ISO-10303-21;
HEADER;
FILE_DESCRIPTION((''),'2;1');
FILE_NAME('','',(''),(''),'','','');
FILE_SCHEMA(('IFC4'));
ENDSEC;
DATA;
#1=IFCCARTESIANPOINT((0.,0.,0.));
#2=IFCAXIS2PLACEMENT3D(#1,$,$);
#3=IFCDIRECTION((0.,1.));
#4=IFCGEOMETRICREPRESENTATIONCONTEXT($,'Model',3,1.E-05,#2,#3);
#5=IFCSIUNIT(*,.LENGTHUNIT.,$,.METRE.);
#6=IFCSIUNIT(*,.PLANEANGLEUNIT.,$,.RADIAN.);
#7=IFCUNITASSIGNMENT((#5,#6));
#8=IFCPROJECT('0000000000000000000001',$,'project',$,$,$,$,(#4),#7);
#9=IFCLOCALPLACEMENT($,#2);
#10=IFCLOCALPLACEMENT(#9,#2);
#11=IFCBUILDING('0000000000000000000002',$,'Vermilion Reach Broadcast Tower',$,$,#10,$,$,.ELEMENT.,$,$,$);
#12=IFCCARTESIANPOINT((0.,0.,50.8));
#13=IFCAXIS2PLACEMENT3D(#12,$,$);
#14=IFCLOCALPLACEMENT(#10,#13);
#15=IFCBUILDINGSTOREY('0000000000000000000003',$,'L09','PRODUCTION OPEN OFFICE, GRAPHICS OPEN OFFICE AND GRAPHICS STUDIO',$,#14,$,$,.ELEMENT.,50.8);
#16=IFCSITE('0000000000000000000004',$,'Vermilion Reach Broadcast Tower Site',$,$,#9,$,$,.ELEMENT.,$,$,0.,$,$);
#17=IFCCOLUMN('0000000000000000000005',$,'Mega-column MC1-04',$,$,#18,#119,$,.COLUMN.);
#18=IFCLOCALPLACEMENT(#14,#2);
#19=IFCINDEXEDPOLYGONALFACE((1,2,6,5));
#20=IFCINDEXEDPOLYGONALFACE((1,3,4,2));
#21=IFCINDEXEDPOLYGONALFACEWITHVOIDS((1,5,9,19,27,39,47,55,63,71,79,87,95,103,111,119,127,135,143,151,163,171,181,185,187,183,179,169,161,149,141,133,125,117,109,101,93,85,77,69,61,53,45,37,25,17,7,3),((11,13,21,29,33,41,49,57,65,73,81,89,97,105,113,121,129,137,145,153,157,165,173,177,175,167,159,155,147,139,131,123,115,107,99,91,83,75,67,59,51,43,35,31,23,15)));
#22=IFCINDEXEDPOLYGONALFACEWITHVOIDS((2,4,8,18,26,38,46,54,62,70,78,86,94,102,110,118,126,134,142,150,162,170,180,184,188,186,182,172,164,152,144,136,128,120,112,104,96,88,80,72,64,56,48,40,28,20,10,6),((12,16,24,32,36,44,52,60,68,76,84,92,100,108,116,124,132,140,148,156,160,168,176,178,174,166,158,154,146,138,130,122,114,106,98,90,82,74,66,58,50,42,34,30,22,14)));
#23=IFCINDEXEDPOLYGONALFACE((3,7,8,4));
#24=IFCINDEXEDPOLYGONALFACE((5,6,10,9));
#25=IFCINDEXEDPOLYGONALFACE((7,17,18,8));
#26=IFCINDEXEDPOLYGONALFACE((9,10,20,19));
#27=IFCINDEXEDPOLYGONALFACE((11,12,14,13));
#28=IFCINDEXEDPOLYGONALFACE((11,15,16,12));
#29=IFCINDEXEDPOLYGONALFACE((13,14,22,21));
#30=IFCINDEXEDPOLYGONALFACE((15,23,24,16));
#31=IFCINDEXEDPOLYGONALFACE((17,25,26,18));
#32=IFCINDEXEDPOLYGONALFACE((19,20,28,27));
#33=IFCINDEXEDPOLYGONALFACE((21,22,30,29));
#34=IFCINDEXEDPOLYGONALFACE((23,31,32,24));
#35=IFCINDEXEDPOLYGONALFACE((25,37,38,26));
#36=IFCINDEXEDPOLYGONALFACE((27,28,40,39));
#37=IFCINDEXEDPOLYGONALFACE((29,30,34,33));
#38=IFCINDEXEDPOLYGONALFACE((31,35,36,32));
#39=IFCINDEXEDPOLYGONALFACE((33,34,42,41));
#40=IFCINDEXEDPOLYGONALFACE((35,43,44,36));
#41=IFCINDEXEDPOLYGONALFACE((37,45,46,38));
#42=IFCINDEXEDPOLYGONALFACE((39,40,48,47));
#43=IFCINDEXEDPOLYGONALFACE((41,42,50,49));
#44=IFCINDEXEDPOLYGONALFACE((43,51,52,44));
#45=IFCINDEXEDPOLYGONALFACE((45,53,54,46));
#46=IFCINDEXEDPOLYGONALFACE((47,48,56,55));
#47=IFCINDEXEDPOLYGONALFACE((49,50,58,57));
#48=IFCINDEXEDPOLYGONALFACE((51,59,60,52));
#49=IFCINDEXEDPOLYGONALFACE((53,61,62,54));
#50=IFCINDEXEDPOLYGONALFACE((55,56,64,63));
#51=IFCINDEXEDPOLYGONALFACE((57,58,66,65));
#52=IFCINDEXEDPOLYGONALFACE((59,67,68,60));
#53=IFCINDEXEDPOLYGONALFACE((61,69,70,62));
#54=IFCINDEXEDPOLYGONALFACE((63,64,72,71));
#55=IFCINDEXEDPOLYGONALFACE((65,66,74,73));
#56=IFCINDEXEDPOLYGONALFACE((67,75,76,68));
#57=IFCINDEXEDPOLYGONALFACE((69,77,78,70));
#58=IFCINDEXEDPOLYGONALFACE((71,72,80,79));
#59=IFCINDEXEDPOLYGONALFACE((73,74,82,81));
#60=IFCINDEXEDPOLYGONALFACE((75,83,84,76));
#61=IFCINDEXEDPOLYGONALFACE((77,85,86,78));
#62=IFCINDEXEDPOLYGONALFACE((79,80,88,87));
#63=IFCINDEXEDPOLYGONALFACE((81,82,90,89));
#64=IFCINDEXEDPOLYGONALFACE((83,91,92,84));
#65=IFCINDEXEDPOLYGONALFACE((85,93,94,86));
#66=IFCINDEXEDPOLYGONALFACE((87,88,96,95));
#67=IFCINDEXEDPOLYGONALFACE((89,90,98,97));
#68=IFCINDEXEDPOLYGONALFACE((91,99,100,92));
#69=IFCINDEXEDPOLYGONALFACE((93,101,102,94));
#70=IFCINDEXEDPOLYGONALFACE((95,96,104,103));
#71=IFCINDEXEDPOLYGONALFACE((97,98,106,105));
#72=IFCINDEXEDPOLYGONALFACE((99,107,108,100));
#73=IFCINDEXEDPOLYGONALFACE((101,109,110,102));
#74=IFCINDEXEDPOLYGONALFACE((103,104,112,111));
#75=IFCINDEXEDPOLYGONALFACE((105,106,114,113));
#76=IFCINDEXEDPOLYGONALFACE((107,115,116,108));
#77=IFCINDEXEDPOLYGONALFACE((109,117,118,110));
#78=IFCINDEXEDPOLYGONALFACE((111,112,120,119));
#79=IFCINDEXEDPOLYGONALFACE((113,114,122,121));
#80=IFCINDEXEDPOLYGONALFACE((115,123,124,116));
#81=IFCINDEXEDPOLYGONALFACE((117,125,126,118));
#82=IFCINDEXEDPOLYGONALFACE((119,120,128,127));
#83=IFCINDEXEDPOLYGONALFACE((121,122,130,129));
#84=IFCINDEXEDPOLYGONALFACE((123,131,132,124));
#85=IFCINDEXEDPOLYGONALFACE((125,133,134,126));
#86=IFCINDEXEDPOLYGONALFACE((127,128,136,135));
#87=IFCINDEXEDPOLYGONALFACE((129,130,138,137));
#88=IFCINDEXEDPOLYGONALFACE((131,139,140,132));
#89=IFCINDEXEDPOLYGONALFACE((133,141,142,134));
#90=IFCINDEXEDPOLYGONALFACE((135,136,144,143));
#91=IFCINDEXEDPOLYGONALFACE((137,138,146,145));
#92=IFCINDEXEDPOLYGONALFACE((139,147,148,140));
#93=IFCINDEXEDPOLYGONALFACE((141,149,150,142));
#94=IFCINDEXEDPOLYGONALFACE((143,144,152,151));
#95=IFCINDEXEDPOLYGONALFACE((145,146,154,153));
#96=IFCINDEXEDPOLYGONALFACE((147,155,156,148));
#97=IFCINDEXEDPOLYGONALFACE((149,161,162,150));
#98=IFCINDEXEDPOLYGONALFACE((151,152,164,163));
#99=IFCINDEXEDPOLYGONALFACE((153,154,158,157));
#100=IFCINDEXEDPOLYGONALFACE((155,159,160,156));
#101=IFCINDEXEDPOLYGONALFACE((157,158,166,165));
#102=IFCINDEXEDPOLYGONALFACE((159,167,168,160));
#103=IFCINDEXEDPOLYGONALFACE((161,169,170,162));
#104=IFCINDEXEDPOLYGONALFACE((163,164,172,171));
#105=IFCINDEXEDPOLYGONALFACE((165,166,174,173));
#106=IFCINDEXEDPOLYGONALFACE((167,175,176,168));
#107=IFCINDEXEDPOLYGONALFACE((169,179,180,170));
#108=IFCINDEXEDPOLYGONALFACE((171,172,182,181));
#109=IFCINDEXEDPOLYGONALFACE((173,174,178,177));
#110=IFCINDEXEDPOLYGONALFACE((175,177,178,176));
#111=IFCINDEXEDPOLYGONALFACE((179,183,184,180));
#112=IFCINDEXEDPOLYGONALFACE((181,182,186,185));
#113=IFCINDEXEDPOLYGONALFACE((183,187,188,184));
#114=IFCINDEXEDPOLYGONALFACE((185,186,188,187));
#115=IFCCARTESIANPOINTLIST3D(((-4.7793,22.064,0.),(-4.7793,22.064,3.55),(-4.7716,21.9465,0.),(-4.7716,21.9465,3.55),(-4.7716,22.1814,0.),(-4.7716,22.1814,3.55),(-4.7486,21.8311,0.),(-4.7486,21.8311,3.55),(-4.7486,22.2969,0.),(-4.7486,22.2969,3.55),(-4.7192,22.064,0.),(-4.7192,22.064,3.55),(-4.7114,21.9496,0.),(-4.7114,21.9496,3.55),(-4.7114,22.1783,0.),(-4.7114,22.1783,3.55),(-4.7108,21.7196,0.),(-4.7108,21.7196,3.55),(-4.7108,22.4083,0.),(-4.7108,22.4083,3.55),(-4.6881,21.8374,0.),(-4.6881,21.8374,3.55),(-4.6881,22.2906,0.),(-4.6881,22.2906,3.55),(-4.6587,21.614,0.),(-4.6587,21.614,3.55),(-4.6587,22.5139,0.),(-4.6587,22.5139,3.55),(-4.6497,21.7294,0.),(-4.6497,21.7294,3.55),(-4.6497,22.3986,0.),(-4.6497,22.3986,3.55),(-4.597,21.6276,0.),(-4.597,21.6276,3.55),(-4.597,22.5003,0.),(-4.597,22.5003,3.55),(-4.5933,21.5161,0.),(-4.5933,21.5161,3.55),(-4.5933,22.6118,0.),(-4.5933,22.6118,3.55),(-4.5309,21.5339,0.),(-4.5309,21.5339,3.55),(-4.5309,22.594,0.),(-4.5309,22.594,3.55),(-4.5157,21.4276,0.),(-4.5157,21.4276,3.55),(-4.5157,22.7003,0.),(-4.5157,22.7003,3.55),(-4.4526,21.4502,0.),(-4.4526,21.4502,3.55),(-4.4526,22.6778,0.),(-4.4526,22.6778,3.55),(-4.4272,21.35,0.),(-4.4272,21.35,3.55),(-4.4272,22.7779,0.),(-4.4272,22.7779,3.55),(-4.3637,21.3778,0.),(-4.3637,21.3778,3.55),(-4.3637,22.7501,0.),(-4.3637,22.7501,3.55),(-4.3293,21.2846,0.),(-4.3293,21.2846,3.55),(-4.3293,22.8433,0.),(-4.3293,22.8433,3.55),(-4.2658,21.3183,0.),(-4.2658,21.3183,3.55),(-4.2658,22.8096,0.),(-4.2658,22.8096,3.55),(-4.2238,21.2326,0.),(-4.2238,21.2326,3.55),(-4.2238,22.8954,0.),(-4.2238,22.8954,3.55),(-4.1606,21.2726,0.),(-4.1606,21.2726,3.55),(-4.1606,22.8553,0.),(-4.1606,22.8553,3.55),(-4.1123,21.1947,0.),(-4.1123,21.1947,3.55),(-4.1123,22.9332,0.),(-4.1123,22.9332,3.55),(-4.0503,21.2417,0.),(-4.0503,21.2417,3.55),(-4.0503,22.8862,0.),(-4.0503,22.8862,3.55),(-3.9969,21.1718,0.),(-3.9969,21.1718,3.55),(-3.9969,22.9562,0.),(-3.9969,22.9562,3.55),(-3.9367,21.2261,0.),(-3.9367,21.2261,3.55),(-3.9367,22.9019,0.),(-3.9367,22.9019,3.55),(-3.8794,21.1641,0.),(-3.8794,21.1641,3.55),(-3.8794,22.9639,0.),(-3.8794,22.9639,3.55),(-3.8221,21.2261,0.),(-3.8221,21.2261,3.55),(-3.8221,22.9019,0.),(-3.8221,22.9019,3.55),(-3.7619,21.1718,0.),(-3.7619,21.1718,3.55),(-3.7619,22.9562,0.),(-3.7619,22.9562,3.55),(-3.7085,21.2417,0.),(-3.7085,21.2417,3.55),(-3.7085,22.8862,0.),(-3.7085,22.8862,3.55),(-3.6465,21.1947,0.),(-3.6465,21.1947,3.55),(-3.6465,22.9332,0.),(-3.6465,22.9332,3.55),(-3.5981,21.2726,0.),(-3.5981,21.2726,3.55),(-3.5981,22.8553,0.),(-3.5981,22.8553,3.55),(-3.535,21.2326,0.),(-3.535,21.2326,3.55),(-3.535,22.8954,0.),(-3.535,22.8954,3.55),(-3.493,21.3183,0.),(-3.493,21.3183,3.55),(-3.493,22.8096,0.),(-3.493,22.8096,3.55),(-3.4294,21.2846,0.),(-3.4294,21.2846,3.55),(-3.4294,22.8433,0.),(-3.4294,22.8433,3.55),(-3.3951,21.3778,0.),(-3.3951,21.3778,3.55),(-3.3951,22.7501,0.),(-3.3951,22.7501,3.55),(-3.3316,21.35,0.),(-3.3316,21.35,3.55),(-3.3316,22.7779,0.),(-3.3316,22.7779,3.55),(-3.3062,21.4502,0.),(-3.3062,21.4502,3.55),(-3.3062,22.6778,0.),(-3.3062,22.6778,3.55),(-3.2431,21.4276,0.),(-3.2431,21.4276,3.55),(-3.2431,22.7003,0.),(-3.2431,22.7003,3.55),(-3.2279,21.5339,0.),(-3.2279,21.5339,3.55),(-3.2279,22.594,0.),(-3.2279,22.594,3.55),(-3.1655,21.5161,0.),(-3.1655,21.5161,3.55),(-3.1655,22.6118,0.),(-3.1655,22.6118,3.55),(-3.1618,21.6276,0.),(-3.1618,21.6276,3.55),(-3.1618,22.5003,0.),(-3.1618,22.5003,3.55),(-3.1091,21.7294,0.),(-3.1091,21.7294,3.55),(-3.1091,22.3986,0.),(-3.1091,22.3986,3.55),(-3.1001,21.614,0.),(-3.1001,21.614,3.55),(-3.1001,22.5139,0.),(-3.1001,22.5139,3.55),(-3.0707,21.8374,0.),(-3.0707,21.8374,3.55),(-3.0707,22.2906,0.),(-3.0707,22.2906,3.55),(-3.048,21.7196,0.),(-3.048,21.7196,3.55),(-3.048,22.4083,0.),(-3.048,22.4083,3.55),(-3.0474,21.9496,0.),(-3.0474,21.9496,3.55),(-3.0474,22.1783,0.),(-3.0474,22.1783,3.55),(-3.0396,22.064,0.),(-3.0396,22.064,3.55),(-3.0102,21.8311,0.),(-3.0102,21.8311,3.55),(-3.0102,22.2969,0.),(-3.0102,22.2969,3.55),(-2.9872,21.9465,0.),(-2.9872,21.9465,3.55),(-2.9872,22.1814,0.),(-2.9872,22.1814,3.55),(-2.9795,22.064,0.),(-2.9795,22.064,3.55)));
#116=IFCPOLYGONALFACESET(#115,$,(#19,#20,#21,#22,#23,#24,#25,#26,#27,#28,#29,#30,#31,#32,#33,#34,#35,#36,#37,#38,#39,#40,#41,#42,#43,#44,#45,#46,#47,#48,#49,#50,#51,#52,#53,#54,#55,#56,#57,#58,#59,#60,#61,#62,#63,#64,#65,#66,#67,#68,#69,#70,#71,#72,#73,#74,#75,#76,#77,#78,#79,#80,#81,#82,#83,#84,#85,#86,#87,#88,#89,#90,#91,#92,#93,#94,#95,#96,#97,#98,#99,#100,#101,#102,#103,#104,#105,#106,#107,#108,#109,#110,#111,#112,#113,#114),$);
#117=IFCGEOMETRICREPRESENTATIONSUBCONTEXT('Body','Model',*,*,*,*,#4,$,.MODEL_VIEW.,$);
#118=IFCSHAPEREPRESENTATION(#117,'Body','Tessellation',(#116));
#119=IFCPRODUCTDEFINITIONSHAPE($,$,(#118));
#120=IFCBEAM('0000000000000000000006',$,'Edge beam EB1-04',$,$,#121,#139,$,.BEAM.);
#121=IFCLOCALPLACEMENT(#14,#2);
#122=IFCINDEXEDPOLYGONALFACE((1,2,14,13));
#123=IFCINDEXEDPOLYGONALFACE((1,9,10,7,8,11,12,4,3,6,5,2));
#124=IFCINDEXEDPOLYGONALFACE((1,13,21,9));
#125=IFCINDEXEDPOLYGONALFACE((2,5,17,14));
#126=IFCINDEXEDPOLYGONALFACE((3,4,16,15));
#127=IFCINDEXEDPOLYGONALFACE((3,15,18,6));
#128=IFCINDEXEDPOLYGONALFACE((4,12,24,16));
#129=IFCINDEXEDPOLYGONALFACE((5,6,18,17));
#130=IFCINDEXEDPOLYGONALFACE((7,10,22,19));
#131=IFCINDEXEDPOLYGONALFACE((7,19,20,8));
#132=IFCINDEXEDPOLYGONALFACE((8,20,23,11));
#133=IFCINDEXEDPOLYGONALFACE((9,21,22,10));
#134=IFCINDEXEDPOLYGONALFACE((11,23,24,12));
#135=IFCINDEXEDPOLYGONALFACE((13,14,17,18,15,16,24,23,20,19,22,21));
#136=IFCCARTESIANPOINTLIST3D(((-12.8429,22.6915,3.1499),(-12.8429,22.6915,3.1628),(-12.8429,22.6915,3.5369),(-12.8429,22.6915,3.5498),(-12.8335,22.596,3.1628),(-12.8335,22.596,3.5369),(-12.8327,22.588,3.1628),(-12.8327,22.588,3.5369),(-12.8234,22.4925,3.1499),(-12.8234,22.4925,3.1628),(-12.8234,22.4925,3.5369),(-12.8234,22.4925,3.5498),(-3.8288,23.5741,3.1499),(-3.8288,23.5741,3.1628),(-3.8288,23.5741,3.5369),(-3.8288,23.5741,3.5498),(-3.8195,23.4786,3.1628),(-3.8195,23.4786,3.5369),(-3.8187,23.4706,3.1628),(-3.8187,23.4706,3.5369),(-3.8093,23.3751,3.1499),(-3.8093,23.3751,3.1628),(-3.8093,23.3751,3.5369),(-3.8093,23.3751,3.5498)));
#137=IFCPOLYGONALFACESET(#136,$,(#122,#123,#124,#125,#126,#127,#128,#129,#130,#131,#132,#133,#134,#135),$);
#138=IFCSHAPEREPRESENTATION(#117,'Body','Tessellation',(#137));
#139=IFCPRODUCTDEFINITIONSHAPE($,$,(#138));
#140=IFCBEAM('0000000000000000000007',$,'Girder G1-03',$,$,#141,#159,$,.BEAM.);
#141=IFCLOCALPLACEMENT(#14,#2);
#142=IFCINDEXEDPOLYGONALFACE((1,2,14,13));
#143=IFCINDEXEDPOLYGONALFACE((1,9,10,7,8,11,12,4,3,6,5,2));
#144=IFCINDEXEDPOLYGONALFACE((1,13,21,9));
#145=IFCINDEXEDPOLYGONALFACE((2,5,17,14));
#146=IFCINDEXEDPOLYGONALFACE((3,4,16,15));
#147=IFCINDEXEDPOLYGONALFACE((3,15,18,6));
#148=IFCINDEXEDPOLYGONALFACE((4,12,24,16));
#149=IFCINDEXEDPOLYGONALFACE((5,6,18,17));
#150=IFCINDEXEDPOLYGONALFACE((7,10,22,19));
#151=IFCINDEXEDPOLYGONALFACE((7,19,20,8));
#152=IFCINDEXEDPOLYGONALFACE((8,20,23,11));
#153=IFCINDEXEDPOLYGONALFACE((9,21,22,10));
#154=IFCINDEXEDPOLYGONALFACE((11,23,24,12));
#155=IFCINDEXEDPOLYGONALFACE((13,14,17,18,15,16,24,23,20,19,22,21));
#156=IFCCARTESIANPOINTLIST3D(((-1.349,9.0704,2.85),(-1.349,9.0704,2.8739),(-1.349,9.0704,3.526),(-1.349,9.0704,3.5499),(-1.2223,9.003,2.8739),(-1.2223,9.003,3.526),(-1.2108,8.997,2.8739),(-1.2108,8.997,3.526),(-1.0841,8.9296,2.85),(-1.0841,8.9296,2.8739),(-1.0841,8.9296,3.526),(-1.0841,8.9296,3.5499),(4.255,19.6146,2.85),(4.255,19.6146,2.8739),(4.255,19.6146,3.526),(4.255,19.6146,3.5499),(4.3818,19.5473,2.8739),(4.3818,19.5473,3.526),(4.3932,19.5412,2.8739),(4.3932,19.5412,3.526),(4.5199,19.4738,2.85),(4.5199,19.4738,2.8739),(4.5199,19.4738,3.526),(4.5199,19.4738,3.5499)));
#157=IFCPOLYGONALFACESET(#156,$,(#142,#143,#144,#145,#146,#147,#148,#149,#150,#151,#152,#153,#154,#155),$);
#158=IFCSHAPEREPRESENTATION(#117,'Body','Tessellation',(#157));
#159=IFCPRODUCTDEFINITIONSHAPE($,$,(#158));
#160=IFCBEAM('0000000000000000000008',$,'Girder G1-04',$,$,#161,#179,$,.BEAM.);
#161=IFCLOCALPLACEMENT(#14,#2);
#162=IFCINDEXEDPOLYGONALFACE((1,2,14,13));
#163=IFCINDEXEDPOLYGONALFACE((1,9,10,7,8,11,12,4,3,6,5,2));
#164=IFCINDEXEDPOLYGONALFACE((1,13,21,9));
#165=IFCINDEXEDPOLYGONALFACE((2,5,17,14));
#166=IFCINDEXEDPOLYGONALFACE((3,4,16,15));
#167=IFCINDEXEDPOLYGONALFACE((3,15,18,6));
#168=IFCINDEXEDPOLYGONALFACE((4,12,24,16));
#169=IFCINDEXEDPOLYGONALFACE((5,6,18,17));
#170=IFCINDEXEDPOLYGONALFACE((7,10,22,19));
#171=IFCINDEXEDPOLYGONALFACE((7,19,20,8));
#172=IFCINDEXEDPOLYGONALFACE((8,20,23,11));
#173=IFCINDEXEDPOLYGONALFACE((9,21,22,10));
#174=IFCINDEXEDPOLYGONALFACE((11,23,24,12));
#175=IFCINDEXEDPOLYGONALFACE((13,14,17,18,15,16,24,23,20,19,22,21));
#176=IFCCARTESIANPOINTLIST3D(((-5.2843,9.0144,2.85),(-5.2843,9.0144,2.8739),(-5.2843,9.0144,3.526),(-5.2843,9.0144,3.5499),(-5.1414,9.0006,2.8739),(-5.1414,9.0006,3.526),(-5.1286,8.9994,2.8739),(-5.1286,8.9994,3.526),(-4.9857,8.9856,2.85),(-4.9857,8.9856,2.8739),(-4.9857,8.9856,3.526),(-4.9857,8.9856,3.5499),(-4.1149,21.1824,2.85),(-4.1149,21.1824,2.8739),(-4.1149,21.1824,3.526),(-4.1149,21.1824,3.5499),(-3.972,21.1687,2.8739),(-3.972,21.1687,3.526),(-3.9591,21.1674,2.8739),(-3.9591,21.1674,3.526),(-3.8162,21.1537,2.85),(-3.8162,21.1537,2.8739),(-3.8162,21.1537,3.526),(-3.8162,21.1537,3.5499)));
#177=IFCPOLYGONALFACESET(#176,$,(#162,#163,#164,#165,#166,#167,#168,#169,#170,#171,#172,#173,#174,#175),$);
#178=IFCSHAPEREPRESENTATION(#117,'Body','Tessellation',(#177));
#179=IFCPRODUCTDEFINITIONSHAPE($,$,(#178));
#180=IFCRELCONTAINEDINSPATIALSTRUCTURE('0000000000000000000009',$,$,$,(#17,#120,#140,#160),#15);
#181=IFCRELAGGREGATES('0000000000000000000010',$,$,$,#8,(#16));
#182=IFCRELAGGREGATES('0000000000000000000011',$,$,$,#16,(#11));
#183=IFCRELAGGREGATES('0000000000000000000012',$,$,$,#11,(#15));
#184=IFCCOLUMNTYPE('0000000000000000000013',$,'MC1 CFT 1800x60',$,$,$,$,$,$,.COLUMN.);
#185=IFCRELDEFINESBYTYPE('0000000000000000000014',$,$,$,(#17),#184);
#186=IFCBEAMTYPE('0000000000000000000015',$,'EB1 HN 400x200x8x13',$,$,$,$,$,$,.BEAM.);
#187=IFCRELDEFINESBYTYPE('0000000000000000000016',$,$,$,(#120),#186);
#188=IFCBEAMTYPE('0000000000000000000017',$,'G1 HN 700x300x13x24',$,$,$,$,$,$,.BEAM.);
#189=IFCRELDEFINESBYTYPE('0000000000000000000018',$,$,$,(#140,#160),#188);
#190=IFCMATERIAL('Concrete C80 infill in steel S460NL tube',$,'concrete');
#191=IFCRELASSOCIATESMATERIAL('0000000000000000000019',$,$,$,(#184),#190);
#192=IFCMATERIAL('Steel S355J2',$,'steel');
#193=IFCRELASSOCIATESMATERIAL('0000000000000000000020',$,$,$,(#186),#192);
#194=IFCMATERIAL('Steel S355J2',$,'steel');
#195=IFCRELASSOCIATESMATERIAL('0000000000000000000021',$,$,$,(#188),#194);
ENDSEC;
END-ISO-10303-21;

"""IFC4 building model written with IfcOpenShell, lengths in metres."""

from ifc_helpers import new_model, si_unit, direction, frame, origin, origin_2d, place, context, subcontext, project, spatial, hollow_circle, i_section, extrude, material, material_profile, profile_set, type_object, element, save


model = new_model("IFC4")

# Units and contexts
model_context = context("Model", 3, precision=1e-05, world=origin(), true_north=direction((0.0, 1.0)))
body_context = subcontext(model_context, "Body", "Model", "MODEL_VIEW")
ifc_project = project(units=[si_unit("LENGTHUNIT", "METRE"), si_unit("PLANEANGLEUNIT", "RADIAN")], contexts=[model_context])

# Site, building, storey
site_placement = place(None, origin())
site = spatial("IfcSite", under=ifc_project, at=site_placement, Name="Vermilion Reach Broadcast Tower Site", CompositionType="ELEMENT", RefElevation=0.0)
building_placement = place(site_placement, origin())
building = spatial("IfcBuilding", under=site, at=building_placement, Name="Vermilion Reach Broadcast Tower", CompositionType="ELEMENT")
storey_placement = place(building_placement, frame((0.0, 0.0, 50.8)))
storey = spatial("IfcBuildingStorey", under=building, at=storey_placement, Name="L09", Description="PRODUCTION OPEN OFFICE, GRAPHICS OPEN OFFICE AND GRAPHICS STUDIO", CompositionType="ELEMENT", Elevation=50.8)

# Column
ifc_material_1 = material(Name="Concrete C80 infill in steel S460NL tube", Category="concrete")
ifc_material_profile_1 = material_profile(ifc_material_1, hollow_circle(Radius=0.8999, WallThickness=0.0601, at=origin_2d()), Name="Concrete C80 infill in steel S460NL tube CFT 1800x60")
ifc_profile_set_1 = profile_set([ifc_material_profile_1], Name="Concrete C80 infill in steel S460NL tube")
column_type = type_object("IfcColumnType", Name="MC1 CFT 1800x60", PredefinedType="COLUMN", material=ifc_profile_set_1)
for number, where, z_axis, x_axis, name in (
    (1, (-3.8794, 22.064, 0.0), (0.0, 0.0, 1.0), (1.0, 0.0, 0.0), "Mega-column MC1-04"),
):
    element("IfcColumn", number, at=place(storey_placement, frame(where, z_axis=z_axis, x_axis=x_axis)), inside=storey, type_object=column_type, Name=name, PredefinedType="COLUMN", context=body_context, shape_type="SweptSolid", body=[
        extrude(hollow_circle(Radius=0.8999, WallThickness=0.0601, at=origin_2d()), origin(), (0.0, 0.0, 1.0), 3.55),
    ])

# Beams
ifc_material_2 = material(Name="Steel S355J2", Category="steel")
ifc_material_profile_2 = material_profile(ifc_material_2, i_section(OverallWidth=0.2, OverallDepth=0.3999, WebThickness=0.0081, FlangeThickness=0.0129, at=origin_2d()), Name="S355J2 HN 400x200x8x13")
ifc_profile_set_2 = profile_set([ifc_material_profile_2], Name="Steel S355J2")
beam_type_1 = type_object("IfcBeamType", Name="EB1 HN 400x200x8x13", PredefinedType="BEAM", material=ifc_profile_set_2)
beam_1_placement = place(storey_placement, frame((-3.8191, 23.4746, 3.3499), z_axis=(-0.995241, -0.097446, 0.0), x_axis=(0.097446, -0.995241, 0.0)))
element("IfcBeam", 2, at=beam_1_placement, inside=storey, type_object=beam_type_1, Name="Edge beam EB1-04", PredefinedType="BEAM", context=body_context, shape_type="SweptSolid", body=[
    extrude(i_section(OverallWidth=0.2, OverallDepth=0.3999, WebThickness=0.0081, FlangeThickness=0.0129, at=origin_2d()), origin(), (0.0, 0.0, 1.0), 9.0571),
])
ifc_material_3 = material(Name="Steel S355J2", Category="steel")
ifc_material_profile_3 = material_profile(ifc_material_3, i_section(OverallWidth=0.3, OverallDepth=0.7, WebThickness=0.0129, FlangeThickness=0.0239, at=origin_2d()), Name="S355J2 HN 700x300x13x24")
ifc_profile_set_3 = profile_set([ifc_material_profile_3], Name="Steel S355J2")
beam_type_2 = type_object("IfcBeamType", Name="G1 HN 700x300x13x24", PredefinedType="BEAM", material=ifc_profile_set_3)
beam_2_placement = place(storey_placement, frame((-1.2166, 9.0, 3.2), z_axis=(0.469312, 0.883032, 0.0), x_axis=(-0.883032, 0.469312, 0.0)))
element("IfcBeam", 3, at=beam_2_placement, inside=storey, type_object=beam_type_2, Name="Girder G1-03", PredefinedType="BEAM", context=body_context, shape_type="SweptSolid", body=[
    extrude(i_section(OverallWidth=0.3, OverallDepth=0.7, WebThickness=0.0129, FlangeThickness=0.0239, at=origin_2d()), origin(), (0.0, 0.0, 1.0), 11.9409),
])
beam_3_placement = place(storey_placement, frame((-5.135, 9.0, 3.2), z_axis=(0.095667, 0.995413, 0.0), x_axis=(-0.995413, 0.095667, 0.0)))
element("IfcBeam", 4, at=beam_3_placement, inside=storey, type_object=beam_type_2, Name="Girder G1-04", PredefinedType="BEAM", context=body_context, shape_type="SweptSolid", body=[
    extrude(i_section(OverallWidth=0.3, OverallDepth=0.7, WebThickness=0.0129, FlangeThickness=0.0239, at=origin_2d()), origin(), (0.0, 0.0, 1.0), 12.2241),
])

save(model, "model.ifc")
